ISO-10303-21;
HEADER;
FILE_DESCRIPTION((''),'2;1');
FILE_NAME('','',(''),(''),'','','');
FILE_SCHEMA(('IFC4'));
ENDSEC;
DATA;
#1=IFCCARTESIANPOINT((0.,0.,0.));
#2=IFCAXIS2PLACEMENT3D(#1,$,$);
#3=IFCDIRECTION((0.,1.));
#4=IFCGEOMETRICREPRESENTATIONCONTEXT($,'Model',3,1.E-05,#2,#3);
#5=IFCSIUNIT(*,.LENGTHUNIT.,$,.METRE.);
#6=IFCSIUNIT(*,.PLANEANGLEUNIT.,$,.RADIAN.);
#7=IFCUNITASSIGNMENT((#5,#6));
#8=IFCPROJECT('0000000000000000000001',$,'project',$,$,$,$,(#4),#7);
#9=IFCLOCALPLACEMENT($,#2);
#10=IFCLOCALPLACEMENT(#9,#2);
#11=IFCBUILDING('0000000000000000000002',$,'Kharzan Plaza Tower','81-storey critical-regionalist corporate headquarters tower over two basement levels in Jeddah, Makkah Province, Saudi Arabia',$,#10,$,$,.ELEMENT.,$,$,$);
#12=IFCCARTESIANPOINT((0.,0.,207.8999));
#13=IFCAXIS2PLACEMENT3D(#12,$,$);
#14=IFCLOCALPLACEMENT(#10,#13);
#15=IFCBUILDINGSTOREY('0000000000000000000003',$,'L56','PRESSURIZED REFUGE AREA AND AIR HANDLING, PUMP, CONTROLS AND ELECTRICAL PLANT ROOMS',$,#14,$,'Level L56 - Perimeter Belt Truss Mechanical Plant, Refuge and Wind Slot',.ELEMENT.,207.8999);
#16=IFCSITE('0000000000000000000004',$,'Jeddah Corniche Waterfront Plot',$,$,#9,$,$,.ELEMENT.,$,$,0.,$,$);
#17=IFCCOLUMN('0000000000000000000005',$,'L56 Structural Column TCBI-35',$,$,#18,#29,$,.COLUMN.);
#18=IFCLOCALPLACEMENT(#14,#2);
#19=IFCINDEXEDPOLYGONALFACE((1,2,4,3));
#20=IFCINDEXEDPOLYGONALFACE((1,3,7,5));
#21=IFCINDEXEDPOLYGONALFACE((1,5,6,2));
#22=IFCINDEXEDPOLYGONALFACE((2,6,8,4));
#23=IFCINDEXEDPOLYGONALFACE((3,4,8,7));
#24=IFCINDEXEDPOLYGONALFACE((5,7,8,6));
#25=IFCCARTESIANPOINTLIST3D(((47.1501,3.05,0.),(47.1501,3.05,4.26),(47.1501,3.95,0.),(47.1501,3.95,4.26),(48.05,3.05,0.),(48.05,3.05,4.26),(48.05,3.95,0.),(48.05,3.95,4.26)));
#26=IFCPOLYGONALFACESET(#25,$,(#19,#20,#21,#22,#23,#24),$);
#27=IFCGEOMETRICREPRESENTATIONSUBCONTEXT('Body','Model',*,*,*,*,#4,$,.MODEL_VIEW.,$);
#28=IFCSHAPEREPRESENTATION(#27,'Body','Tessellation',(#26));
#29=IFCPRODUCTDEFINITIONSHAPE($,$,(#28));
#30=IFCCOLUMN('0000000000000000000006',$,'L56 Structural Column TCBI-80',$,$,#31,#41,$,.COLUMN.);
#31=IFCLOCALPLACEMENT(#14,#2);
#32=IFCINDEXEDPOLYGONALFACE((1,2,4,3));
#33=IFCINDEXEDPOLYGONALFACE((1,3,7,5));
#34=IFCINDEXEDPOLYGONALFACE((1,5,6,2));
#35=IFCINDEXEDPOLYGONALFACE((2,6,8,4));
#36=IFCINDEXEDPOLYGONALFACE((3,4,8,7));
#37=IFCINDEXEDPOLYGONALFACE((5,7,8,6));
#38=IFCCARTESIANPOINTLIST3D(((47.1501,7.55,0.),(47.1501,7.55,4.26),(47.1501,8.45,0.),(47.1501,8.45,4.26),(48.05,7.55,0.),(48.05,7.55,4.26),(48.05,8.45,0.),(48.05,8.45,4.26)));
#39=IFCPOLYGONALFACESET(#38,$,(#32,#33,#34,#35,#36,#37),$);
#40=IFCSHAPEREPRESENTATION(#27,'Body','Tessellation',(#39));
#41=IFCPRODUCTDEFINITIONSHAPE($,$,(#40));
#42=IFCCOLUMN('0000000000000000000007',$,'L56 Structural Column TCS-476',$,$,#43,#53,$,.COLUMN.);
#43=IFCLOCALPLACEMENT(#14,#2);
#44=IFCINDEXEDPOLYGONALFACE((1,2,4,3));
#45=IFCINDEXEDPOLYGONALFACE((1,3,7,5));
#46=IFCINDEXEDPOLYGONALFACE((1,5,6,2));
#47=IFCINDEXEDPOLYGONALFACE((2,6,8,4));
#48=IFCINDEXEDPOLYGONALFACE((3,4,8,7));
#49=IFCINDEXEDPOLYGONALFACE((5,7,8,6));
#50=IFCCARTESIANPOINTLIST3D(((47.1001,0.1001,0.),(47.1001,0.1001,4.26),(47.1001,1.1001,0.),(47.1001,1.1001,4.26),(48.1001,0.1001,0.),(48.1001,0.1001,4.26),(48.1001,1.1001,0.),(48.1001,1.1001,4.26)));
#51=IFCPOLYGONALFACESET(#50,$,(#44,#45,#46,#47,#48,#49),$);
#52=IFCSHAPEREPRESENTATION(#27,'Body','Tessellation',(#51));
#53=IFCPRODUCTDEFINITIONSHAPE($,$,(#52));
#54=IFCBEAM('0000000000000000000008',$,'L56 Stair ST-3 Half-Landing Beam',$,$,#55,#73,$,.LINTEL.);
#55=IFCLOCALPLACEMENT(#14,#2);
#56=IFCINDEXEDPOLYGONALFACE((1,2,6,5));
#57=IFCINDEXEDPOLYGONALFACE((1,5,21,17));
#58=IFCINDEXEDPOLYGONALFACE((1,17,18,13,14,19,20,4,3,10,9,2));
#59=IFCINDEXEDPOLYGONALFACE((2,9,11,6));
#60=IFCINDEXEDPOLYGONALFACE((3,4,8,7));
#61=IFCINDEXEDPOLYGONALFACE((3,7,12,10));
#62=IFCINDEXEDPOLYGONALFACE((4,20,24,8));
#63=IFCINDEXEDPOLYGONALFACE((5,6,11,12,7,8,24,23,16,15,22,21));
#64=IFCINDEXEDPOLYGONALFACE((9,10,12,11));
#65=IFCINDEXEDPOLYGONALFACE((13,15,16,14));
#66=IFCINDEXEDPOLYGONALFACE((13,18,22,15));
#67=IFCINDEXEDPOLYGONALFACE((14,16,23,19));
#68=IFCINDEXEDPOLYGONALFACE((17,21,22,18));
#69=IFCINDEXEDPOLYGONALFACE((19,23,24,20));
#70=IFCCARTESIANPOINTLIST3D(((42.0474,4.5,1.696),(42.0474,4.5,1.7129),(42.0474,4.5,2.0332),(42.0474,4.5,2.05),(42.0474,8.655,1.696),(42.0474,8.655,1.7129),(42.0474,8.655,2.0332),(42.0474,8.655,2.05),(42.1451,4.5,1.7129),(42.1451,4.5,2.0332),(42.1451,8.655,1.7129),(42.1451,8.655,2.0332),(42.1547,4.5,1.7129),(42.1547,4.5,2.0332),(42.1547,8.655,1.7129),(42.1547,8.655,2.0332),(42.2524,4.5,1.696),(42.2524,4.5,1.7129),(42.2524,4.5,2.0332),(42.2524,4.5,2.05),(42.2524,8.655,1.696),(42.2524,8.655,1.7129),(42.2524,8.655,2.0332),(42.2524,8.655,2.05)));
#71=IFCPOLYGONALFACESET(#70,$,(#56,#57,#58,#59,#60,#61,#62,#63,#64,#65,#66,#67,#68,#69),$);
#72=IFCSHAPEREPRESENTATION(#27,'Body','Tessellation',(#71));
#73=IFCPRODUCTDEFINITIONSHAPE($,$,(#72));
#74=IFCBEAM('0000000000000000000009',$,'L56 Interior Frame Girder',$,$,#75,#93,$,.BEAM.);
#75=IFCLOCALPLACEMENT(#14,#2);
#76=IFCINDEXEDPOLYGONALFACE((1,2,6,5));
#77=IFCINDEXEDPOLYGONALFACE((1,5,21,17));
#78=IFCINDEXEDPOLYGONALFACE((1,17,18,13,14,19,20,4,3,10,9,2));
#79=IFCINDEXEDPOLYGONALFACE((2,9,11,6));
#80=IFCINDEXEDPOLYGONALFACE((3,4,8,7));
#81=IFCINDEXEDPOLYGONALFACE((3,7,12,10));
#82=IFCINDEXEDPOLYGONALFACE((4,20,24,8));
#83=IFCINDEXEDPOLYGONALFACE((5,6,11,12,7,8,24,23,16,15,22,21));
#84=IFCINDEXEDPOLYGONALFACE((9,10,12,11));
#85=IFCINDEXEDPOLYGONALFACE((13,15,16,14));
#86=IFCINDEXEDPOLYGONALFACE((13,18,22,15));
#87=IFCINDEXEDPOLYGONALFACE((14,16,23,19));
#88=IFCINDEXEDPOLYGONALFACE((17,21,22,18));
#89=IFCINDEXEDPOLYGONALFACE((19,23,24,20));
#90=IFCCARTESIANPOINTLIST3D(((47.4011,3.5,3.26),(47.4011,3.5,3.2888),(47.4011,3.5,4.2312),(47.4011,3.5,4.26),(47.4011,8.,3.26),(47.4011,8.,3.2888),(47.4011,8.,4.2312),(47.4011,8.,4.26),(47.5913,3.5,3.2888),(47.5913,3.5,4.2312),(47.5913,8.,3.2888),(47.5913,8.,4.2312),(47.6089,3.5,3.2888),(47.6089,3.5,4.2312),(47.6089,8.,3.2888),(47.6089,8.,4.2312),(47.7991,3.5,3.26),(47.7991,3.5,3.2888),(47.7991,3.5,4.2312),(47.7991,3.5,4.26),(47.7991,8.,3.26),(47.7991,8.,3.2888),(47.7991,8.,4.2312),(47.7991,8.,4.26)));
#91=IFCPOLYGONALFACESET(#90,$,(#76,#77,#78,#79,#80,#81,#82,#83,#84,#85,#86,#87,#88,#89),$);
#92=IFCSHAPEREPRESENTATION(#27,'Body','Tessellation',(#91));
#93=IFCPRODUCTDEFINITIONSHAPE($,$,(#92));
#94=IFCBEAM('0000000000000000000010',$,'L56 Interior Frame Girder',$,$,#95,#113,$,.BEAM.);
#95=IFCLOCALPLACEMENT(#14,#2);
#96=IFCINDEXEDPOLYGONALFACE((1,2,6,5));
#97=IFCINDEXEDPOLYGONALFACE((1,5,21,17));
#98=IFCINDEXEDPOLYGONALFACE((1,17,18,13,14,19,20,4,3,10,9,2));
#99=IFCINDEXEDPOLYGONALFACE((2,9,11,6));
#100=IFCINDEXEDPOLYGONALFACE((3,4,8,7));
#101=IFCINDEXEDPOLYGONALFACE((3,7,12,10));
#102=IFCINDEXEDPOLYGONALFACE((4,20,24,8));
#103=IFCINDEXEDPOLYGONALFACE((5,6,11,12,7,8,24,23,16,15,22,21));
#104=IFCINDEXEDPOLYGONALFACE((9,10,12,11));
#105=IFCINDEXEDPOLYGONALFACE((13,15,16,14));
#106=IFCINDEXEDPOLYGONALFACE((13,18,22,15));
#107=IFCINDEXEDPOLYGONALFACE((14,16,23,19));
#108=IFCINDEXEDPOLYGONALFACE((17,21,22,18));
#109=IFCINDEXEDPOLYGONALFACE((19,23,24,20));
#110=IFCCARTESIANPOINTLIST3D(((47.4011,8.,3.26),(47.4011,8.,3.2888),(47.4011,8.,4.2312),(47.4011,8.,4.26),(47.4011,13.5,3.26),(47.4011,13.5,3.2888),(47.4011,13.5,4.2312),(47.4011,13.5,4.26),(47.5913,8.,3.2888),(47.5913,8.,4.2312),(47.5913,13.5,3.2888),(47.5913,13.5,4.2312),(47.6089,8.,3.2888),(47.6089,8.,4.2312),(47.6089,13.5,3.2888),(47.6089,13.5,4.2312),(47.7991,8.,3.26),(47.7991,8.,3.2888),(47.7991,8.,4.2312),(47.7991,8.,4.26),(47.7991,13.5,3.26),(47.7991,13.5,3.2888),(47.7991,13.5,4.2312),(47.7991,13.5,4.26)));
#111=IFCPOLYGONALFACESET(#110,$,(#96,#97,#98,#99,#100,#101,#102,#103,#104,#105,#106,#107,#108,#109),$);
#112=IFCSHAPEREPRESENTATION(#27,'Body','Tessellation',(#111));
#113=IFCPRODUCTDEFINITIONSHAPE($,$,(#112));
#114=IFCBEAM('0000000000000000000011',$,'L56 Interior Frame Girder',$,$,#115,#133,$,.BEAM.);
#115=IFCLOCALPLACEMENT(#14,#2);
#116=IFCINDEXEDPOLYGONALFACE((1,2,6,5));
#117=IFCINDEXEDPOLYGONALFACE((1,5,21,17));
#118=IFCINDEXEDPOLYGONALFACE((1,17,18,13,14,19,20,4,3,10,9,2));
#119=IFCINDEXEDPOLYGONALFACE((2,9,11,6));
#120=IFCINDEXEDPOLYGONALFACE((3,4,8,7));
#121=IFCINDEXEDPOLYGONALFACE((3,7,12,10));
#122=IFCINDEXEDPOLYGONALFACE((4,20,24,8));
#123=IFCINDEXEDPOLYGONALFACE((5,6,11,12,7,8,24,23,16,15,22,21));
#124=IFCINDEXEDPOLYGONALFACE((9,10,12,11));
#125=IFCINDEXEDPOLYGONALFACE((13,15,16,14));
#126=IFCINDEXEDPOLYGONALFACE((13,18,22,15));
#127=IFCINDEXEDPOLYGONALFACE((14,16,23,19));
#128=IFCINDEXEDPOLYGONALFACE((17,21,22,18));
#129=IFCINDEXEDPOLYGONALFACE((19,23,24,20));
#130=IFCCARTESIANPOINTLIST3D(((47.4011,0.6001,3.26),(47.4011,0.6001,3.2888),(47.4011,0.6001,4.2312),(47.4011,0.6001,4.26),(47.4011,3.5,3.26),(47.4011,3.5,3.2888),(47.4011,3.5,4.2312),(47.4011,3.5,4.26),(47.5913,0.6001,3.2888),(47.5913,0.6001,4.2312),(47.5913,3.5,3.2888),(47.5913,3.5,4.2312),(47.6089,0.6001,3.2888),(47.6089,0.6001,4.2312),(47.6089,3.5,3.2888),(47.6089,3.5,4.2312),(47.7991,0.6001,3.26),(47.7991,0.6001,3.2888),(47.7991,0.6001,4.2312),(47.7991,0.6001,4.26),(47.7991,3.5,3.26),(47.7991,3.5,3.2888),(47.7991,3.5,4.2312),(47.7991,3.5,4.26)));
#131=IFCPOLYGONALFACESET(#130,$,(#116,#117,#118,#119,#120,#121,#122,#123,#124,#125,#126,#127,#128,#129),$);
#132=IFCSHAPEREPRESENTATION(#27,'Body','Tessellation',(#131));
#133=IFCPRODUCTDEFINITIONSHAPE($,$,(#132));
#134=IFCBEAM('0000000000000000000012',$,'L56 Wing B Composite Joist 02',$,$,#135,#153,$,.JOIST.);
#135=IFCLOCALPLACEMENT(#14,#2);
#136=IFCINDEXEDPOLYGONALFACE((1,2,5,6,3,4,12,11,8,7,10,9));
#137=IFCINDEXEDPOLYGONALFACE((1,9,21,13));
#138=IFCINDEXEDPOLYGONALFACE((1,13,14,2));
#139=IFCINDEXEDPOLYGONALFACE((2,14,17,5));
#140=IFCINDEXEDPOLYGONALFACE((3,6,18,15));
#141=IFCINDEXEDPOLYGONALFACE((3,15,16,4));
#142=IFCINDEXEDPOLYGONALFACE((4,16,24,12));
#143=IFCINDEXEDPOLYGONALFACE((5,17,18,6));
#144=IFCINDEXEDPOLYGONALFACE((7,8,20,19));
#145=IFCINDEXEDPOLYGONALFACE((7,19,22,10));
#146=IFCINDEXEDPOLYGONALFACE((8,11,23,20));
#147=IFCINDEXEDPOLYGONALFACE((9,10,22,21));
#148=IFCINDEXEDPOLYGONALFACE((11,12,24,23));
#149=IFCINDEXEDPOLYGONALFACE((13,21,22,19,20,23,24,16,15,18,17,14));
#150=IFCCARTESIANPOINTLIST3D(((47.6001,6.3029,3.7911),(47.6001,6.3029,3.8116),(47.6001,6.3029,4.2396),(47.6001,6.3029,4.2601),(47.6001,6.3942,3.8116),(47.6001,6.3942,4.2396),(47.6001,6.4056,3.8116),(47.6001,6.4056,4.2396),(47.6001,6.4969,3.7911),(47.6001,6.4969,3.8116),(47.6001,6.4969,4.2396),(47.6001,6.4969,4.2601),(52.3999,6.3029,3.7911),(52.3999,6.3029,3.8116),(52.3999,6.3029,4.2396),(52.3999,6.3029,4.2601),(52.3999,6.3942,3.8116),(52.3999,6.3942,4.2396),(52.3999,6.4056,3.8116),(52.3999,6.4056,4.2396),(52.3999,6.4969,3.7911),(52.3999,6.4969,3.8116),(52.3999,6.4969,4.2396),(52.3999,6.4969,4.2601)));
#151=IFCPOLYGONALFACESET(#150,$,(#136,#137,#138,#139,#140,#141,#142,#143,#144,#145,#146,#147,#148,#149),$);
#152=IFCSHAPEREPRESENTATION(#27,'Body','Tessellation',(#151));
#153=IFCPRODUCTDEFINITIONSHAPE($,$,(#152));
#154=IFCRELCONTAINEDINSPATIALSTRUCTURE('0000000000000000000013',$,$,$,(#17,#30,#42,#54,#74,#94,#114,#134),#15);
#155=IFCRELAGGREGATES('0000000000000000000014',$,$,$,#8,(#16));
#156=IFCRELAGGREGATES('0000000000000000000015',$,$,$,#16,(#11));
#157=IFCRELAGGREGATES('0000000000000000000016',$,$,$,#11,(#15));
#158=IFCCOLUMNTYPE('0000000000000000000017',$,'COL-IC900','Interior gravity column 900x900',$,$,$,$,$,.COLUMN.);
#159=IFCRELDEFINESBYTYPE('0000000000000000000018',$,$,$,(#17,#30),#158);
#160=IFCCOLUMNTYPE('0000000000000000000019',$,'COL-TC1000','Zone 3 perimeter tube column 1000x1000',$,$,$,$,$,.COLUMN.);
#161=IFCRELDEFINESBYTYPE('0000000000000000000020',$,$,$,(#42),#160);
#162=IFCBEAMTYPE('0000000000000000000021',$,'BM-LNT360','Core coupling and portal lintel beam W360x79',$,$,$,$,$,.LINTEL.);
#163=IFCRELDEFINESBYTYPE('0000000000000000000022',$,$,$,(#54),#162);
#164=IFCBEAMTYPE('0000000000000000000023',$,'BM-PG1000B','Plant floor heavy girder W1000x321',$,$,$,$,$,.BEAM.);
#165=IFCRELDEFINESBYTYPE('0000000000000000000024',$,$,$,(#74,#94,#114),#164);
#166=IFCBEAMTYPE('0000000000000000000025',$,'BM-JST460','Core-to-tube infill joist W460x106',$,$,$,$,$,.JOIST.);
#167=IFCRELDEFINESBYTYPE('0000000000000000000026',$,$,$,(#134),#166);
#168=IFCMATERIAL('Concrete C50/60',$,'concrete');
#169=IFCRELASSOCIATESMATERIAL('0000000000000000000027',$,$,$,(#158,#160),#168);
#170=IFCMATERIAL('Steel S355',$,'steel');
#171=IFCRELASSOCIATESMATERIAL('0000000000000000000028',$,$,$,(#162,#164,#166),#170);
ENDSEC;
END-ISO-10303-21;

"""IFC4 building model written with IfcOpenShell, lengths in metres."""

from ifc_helpers import new_model, si_unit, direction, frame, origin, origin_2d, place, context, subcontext, project, spatial, rectangle, i_section, extrude, source, transform, mapped, material, material_profile, profile_set, type_object, element, save


model = new_model("IFC4")

# Units and contexts
model_context = context("Model", 3, precision=1e-05, world=origin(), true_north=direction((0.0, 1.0)))
body_context = subcontext(model_context, "Body", "Model", "MODEL_VIEW")
ifc_project = project(units=[si_unit("LENGTHUNIT", "METRE"), si_unit("PLANEANGLEUNIT", "RADIAN")], contexts=[model_context])

# Site, building, storey
site_placement = place(None, origin())
site = spatial("IfcSite", under=ifc_project, at=site_placement, Name="Jeddah Corniche Waterfront Plot", CompositionType="ELEMENT", RefElevation=0.0)
building_placement = place(site_placement, origin())
building = spatial("IfcBuilding", under=site, at=building_placement, Name="Kharzan Plaza Tower", Description="81-storey critical-regionalist corporate headquarters tower over two basement levels in Jeddah, Makkah Province, Saudi Arabia", CompositionType="ELEMENT")
storey_placement = place(building_placement, frame((0.0, 0.0, 207.8999)))
storey = spatial("IfcBuildingStorey", under=building, at=storey_placement, Name="L56", Description="PRESSURIZED REFUGE AREA AND AIR HANDLING, PUMP, CONTROLS AND ELECTRICAL PLANT ROOMS", LongName="Level L56 - Perimeter Belt Truss Mechanical Plant, Refuge and Wind Slot", CompositionType="ELEMENT", Elevation=207.8999)

# Columns
ifc_material_1 = material(Name="Concrete C50/60", Category="concrete")
ifc_material_profile_1 = material_profile(ifc_material_1, rectangle(XDim=0.8999, YDim=0.8999, at=origin_2d()), Name="RC-IC900x900")
ifc_profile_set_1 = profile_set([ifc_material_profile_1], Name="Concrete C50/60")
column_type_1 = type_object("IfcColumnType", Name="COL-IC900", Description="Interior gravity column 900x900", PredefinedType="COLUMN", material=ifc_profile_set_1)
shared_shape_1 = source(origin(), body_context, "Body", "SweptSolid", [
    extrude(rectangle(XDim=0.8999, YDim=0.8999, at=origin_2d()), origin(), (0.0, 0.0, 1.0), 4.26),
])
for number, where, z_axis, x_axis, name in (
    (1, (47.6001, 3.5, 0.0), (0.0, 0.0, 1.0), (1.0, 0.0, 0.0), "L56 Structural Column TCBI-35"),
    (2, (47.6001, 8.0, 0.0), (0.0, 0.0, 1.0), (1.0, 0.0, 0.0), "L56 Structural Column TCBI-80"),
):
    element("IfcColumn", number, at=place(storey_placement, frame(where, z_axis=z_axis, x_axis=x_axis)), inside=storey, type_object=column_type_1, Name=name, PredefinedType="COLUMN", context=body_context, shape_type="MappedRepresentation", body=[
        mapped(shared_shape_1, transform((0.0, 0.0, 0.0), x_axis=(1.0, 0.0, 0.0), y_axis=(0.0, 1.0, 0.0), z_axis=(0.0, 0.0, 1.0))),
    ])
ifc_material_profile_2 = material_profile(ifc_material_1, rectangle(XDim=1.0, YDim=1.0, at=origin_2d()), Name="RC-TC1000x1000")
ifc_profile_set_2 = profile_set([ifc_material_profile_2], Name="Concrete C50/60")
column_type_2 = type_object("IfcColumnType", Name="COL-TC1000", Description="Zone 3 perimeter tube column 1000x1000", PredefinedType="COLUMN", material=ifc_profile_set_2)
shared_shape_2 = source(origin(), body_context, "Body", "SweptSolid", [
    extrude(rectangle(XDim=1.0, YDim=1.0, at=origin_2d()), origin(), (0.0, 0.0, 1.0), 4.26),
])
column_placement = place(storey_placement, frame((47.6001, 0.6001, 0.0), z_axis=(0.0, 0.0, 1.0), x_axis=(1.0, 0.0, 0.0)))
element("IfcColumn", 3, at=column_placement, inside=storey, type_object=column_type_2, Name="L56 Structural Column TCS-476", PredefinedType="COLUMN", context=body_context, shape_type="MappedRepresentation", body=[
    mapped(shared_shape_2, transform((0.0, 0.0, 0.0), x_axis=(1.0, 0.0, 0.0), y_axis=(0.0, 1.0, 0.0), z_axis=(0.0, 0.0, 1.0))),
])

# Beams
ifc_material_2 = material(Name="Steel S355", Category="steel")
ifc_material_profile_3 = material_profile(ifc_material_2, i_section(OverallWidth=0.2051, OverallDepth=0.354, WebThickness=0.0095, FlangeThickness=0.0168, at=origin_2d()), Name="W360x79")
ifc_profile_set_3 = profile_set([ifc_material_profile_3], Name="Steel S355")
beam_type_1 = type_object("IfcBeamType", Name="BM-LNT360", Description="Core coupling and portal lintel beam W360x79", PredefinedType="LINTEL", material=ifc_profile_set_3)
shared_shape_3 = source(origin(), body_context, "Body", "SweptSolid", [
    extrude(i_section(OverallWidth=0.2051, OverallDepth=0.354, WebThickness=0.0095, FlangeThickness=0.0168, at=origin_2d()), origin(), (0.0, 0.0, 1.0), 4.155),
])
beam_1_placement = place(storey_placement, frame((42.1499, 4.5, 1.873), z_axis=(0.0, 1.0, 0.0), x_axis=(-1.0, 0.0, 0.0)))
element("IfcBeam", 4, at=beam_1_placement, inside=storey, type_object=beam_type_1, Name="L56 Stair ST-3 Half-Landing Beam", PredefinedType="LINTEL", context=body_context, shape_type="MappedRepresentation", body=[
    mapped(shared_shape_3, transform((0.0, 0.0, 0.0), x_axis=(1.0, 0.0, 0.0), y_axis=(0.0, 1.0, 0.0), z_axis=(0.0, 0.0, 1.0))),
])
ifc_material_profile_4 = material_profile(ifc_material_2, i_section(OverallWidth=0.3979, OverallDepth=1.0, WebThickness=0.0176, FlangeThickness=0.0288, at=origin_2d()), Name="W1000x321")
ifc_profile_set_4 = profile_set([ifc_material_profile_4], Name="Steel S355")
beam_type_2 = type_object("IfcBeamType", Name="BM-PG1000B", Description="Plant floor heavy girder W1000x321", PredefinedType="BEAM", material=ifc_profile_set_4)
shared_shape_4 = source(origin(), body_context, "Body", "SweptSolid", [
    extrude(i_section(OverallWidth=0.3979, OverallDepth=1.0, WebThickness=0.0176, FlangeThickness=0.0288, at=origin_2d()), origin(), (0.0, 0.0, 1.0), 4.5),
])
beam_2_placement = place(storey_placement, frame((47.6001, 3.5, 3.76), z_axis=(0.0, 1.0, 0.0), x_axis=(-1.0, 0.0, 0.0)))
element("IfcBeam", 5, at=beam_2_placement, inside=storey, type_object=beam_type_2, Name="L56 Interior Frame Girder", PredefinedType="BEAM", context=body_context, shape_type="MappedRepresentation", body=[
    mapped(shared_shape_4, transform((0.0, 0.0, 0.0), x_axis=(1.0, 0.0, 0.0), y_axis=(0.0, 1.0, 0.0), z_axis=(0.0, 0.0, 1.0))),
])
shared_shape_5 = source(origin(), body_context, "Body", "SweptSolid", [
    extrude(i_section(OverallWidth=0.3979, OverallDepth=1.0, WebThickness=0.0176, FlangeThickness=0.0288, at=origin_2d()), origin(), (0.0, 0.0, 1.0), 5.5),
])
beam_3_placement = place(storey_placement, frame((47.6001, 8.0, 3.76), z_axis=(0.0, 1.0, 0.0), x_axis=(-1.0, 0.0, 0.0)))
element("IfcBeam", 6, at=beam_3_placement, inside=storey, type_object=beam_type_2, Name="L56 Interior Frame Girder", PredefinedType="BEAM", context=body_context, shape_type="MappedRepresentation", body=[
    mapped(shared_shape_5, transform((0.0, 0.0, 0.0), x_axis=(1.0, 0.0, 0.0), y_axis=(0.0, 1.0, 0.0), z_axis=(0.0, 0.0, 1.0))),
])
shared_shape_6 = source(origin(), body_context, "Body", "SweptSolid", [
    extrude(i_section(OverallWidth=0.3979, OverallDepth=1.0, WebThickness=0.0176, FlangeThickness=0.0288, at=origin_2d()), origin(), (0.0, 0.0, 1.0), 2.8999),
])
beam_4_placement = place(storey_placement, frame((47.6001, 0.6001, 3.76), z_axis=(0.0, 1.0, 0.0), x_axis=(-1.0, 0.0, 0.0)))
element("IfcBeam", 7, at=beam_4_placement, inside=storey, type_object=beam_type_2, Name="L56 Interior Frame Girder", PredefinedType="BEAM", context=body_context, shape_type="MappedRepresentation", body=[
    mapped(shared_shape_6, transform((0.0, 0.0, 0.0), x_axis=(1.0, 0.0, 0.0), y_axis=(0.0, 1.0, 0.0), z_axis=(0.0, 0.0, 1.0))),
])
ifc_material_profile_5 = material_profile(ifc_material_2, i_section(OverallWidth=0.1941, OverallDepth=0.469, WebThickness=0.0115, FlangeThickness=0.0205, at=origin_2d()), Name="W460x106")
ifc_profile_set_5 = profile_set([ifc_material_profile_5], Name="Steel S355")
beam_type_3 = type_object("IfcBeamType", Name="BM-JST460", Description="Core-to-tube infill joist W460x106", PredefinedType="JOIST", material=ifc_profile_set_5)
shared_shape_7 = source(origin(), body_context, "Body", "SweptSolid", [
    extrude(i_section(OverallWidth=0.1941, OverallDepth=0.469, WebThickness=0.0115, FlangeThickness=0.0205, at=origin_2d()), origin(), (0.0, 0.0, 1.0), 4.7998),
])
beam_5_placement = place(storey_placement, frame((47.6001, 6.3999, 4.0256), z_axis=(1.0, 0.0, 0.0), x_axis=(0.0, 1.0, 0.0)))
element("IfcBeam", 8, at=beam_5_placement, inside=storey, type_object=beam_type_3, Name="L56 Wing B Composite Joist 02", PredefinedType="JOIST", context=body_context, shape_type="MappedRepresentation", body=[
    mapped(shared_shape_7, transform((0.0, 0.0, 0.0), x_axis=(1.0, 0.0, 0.0), y_axis=(0.0, 1.0, 0.0), z_axis=(0.0, 0.0, 1.0))),
])

save(model, "model.ifc")
